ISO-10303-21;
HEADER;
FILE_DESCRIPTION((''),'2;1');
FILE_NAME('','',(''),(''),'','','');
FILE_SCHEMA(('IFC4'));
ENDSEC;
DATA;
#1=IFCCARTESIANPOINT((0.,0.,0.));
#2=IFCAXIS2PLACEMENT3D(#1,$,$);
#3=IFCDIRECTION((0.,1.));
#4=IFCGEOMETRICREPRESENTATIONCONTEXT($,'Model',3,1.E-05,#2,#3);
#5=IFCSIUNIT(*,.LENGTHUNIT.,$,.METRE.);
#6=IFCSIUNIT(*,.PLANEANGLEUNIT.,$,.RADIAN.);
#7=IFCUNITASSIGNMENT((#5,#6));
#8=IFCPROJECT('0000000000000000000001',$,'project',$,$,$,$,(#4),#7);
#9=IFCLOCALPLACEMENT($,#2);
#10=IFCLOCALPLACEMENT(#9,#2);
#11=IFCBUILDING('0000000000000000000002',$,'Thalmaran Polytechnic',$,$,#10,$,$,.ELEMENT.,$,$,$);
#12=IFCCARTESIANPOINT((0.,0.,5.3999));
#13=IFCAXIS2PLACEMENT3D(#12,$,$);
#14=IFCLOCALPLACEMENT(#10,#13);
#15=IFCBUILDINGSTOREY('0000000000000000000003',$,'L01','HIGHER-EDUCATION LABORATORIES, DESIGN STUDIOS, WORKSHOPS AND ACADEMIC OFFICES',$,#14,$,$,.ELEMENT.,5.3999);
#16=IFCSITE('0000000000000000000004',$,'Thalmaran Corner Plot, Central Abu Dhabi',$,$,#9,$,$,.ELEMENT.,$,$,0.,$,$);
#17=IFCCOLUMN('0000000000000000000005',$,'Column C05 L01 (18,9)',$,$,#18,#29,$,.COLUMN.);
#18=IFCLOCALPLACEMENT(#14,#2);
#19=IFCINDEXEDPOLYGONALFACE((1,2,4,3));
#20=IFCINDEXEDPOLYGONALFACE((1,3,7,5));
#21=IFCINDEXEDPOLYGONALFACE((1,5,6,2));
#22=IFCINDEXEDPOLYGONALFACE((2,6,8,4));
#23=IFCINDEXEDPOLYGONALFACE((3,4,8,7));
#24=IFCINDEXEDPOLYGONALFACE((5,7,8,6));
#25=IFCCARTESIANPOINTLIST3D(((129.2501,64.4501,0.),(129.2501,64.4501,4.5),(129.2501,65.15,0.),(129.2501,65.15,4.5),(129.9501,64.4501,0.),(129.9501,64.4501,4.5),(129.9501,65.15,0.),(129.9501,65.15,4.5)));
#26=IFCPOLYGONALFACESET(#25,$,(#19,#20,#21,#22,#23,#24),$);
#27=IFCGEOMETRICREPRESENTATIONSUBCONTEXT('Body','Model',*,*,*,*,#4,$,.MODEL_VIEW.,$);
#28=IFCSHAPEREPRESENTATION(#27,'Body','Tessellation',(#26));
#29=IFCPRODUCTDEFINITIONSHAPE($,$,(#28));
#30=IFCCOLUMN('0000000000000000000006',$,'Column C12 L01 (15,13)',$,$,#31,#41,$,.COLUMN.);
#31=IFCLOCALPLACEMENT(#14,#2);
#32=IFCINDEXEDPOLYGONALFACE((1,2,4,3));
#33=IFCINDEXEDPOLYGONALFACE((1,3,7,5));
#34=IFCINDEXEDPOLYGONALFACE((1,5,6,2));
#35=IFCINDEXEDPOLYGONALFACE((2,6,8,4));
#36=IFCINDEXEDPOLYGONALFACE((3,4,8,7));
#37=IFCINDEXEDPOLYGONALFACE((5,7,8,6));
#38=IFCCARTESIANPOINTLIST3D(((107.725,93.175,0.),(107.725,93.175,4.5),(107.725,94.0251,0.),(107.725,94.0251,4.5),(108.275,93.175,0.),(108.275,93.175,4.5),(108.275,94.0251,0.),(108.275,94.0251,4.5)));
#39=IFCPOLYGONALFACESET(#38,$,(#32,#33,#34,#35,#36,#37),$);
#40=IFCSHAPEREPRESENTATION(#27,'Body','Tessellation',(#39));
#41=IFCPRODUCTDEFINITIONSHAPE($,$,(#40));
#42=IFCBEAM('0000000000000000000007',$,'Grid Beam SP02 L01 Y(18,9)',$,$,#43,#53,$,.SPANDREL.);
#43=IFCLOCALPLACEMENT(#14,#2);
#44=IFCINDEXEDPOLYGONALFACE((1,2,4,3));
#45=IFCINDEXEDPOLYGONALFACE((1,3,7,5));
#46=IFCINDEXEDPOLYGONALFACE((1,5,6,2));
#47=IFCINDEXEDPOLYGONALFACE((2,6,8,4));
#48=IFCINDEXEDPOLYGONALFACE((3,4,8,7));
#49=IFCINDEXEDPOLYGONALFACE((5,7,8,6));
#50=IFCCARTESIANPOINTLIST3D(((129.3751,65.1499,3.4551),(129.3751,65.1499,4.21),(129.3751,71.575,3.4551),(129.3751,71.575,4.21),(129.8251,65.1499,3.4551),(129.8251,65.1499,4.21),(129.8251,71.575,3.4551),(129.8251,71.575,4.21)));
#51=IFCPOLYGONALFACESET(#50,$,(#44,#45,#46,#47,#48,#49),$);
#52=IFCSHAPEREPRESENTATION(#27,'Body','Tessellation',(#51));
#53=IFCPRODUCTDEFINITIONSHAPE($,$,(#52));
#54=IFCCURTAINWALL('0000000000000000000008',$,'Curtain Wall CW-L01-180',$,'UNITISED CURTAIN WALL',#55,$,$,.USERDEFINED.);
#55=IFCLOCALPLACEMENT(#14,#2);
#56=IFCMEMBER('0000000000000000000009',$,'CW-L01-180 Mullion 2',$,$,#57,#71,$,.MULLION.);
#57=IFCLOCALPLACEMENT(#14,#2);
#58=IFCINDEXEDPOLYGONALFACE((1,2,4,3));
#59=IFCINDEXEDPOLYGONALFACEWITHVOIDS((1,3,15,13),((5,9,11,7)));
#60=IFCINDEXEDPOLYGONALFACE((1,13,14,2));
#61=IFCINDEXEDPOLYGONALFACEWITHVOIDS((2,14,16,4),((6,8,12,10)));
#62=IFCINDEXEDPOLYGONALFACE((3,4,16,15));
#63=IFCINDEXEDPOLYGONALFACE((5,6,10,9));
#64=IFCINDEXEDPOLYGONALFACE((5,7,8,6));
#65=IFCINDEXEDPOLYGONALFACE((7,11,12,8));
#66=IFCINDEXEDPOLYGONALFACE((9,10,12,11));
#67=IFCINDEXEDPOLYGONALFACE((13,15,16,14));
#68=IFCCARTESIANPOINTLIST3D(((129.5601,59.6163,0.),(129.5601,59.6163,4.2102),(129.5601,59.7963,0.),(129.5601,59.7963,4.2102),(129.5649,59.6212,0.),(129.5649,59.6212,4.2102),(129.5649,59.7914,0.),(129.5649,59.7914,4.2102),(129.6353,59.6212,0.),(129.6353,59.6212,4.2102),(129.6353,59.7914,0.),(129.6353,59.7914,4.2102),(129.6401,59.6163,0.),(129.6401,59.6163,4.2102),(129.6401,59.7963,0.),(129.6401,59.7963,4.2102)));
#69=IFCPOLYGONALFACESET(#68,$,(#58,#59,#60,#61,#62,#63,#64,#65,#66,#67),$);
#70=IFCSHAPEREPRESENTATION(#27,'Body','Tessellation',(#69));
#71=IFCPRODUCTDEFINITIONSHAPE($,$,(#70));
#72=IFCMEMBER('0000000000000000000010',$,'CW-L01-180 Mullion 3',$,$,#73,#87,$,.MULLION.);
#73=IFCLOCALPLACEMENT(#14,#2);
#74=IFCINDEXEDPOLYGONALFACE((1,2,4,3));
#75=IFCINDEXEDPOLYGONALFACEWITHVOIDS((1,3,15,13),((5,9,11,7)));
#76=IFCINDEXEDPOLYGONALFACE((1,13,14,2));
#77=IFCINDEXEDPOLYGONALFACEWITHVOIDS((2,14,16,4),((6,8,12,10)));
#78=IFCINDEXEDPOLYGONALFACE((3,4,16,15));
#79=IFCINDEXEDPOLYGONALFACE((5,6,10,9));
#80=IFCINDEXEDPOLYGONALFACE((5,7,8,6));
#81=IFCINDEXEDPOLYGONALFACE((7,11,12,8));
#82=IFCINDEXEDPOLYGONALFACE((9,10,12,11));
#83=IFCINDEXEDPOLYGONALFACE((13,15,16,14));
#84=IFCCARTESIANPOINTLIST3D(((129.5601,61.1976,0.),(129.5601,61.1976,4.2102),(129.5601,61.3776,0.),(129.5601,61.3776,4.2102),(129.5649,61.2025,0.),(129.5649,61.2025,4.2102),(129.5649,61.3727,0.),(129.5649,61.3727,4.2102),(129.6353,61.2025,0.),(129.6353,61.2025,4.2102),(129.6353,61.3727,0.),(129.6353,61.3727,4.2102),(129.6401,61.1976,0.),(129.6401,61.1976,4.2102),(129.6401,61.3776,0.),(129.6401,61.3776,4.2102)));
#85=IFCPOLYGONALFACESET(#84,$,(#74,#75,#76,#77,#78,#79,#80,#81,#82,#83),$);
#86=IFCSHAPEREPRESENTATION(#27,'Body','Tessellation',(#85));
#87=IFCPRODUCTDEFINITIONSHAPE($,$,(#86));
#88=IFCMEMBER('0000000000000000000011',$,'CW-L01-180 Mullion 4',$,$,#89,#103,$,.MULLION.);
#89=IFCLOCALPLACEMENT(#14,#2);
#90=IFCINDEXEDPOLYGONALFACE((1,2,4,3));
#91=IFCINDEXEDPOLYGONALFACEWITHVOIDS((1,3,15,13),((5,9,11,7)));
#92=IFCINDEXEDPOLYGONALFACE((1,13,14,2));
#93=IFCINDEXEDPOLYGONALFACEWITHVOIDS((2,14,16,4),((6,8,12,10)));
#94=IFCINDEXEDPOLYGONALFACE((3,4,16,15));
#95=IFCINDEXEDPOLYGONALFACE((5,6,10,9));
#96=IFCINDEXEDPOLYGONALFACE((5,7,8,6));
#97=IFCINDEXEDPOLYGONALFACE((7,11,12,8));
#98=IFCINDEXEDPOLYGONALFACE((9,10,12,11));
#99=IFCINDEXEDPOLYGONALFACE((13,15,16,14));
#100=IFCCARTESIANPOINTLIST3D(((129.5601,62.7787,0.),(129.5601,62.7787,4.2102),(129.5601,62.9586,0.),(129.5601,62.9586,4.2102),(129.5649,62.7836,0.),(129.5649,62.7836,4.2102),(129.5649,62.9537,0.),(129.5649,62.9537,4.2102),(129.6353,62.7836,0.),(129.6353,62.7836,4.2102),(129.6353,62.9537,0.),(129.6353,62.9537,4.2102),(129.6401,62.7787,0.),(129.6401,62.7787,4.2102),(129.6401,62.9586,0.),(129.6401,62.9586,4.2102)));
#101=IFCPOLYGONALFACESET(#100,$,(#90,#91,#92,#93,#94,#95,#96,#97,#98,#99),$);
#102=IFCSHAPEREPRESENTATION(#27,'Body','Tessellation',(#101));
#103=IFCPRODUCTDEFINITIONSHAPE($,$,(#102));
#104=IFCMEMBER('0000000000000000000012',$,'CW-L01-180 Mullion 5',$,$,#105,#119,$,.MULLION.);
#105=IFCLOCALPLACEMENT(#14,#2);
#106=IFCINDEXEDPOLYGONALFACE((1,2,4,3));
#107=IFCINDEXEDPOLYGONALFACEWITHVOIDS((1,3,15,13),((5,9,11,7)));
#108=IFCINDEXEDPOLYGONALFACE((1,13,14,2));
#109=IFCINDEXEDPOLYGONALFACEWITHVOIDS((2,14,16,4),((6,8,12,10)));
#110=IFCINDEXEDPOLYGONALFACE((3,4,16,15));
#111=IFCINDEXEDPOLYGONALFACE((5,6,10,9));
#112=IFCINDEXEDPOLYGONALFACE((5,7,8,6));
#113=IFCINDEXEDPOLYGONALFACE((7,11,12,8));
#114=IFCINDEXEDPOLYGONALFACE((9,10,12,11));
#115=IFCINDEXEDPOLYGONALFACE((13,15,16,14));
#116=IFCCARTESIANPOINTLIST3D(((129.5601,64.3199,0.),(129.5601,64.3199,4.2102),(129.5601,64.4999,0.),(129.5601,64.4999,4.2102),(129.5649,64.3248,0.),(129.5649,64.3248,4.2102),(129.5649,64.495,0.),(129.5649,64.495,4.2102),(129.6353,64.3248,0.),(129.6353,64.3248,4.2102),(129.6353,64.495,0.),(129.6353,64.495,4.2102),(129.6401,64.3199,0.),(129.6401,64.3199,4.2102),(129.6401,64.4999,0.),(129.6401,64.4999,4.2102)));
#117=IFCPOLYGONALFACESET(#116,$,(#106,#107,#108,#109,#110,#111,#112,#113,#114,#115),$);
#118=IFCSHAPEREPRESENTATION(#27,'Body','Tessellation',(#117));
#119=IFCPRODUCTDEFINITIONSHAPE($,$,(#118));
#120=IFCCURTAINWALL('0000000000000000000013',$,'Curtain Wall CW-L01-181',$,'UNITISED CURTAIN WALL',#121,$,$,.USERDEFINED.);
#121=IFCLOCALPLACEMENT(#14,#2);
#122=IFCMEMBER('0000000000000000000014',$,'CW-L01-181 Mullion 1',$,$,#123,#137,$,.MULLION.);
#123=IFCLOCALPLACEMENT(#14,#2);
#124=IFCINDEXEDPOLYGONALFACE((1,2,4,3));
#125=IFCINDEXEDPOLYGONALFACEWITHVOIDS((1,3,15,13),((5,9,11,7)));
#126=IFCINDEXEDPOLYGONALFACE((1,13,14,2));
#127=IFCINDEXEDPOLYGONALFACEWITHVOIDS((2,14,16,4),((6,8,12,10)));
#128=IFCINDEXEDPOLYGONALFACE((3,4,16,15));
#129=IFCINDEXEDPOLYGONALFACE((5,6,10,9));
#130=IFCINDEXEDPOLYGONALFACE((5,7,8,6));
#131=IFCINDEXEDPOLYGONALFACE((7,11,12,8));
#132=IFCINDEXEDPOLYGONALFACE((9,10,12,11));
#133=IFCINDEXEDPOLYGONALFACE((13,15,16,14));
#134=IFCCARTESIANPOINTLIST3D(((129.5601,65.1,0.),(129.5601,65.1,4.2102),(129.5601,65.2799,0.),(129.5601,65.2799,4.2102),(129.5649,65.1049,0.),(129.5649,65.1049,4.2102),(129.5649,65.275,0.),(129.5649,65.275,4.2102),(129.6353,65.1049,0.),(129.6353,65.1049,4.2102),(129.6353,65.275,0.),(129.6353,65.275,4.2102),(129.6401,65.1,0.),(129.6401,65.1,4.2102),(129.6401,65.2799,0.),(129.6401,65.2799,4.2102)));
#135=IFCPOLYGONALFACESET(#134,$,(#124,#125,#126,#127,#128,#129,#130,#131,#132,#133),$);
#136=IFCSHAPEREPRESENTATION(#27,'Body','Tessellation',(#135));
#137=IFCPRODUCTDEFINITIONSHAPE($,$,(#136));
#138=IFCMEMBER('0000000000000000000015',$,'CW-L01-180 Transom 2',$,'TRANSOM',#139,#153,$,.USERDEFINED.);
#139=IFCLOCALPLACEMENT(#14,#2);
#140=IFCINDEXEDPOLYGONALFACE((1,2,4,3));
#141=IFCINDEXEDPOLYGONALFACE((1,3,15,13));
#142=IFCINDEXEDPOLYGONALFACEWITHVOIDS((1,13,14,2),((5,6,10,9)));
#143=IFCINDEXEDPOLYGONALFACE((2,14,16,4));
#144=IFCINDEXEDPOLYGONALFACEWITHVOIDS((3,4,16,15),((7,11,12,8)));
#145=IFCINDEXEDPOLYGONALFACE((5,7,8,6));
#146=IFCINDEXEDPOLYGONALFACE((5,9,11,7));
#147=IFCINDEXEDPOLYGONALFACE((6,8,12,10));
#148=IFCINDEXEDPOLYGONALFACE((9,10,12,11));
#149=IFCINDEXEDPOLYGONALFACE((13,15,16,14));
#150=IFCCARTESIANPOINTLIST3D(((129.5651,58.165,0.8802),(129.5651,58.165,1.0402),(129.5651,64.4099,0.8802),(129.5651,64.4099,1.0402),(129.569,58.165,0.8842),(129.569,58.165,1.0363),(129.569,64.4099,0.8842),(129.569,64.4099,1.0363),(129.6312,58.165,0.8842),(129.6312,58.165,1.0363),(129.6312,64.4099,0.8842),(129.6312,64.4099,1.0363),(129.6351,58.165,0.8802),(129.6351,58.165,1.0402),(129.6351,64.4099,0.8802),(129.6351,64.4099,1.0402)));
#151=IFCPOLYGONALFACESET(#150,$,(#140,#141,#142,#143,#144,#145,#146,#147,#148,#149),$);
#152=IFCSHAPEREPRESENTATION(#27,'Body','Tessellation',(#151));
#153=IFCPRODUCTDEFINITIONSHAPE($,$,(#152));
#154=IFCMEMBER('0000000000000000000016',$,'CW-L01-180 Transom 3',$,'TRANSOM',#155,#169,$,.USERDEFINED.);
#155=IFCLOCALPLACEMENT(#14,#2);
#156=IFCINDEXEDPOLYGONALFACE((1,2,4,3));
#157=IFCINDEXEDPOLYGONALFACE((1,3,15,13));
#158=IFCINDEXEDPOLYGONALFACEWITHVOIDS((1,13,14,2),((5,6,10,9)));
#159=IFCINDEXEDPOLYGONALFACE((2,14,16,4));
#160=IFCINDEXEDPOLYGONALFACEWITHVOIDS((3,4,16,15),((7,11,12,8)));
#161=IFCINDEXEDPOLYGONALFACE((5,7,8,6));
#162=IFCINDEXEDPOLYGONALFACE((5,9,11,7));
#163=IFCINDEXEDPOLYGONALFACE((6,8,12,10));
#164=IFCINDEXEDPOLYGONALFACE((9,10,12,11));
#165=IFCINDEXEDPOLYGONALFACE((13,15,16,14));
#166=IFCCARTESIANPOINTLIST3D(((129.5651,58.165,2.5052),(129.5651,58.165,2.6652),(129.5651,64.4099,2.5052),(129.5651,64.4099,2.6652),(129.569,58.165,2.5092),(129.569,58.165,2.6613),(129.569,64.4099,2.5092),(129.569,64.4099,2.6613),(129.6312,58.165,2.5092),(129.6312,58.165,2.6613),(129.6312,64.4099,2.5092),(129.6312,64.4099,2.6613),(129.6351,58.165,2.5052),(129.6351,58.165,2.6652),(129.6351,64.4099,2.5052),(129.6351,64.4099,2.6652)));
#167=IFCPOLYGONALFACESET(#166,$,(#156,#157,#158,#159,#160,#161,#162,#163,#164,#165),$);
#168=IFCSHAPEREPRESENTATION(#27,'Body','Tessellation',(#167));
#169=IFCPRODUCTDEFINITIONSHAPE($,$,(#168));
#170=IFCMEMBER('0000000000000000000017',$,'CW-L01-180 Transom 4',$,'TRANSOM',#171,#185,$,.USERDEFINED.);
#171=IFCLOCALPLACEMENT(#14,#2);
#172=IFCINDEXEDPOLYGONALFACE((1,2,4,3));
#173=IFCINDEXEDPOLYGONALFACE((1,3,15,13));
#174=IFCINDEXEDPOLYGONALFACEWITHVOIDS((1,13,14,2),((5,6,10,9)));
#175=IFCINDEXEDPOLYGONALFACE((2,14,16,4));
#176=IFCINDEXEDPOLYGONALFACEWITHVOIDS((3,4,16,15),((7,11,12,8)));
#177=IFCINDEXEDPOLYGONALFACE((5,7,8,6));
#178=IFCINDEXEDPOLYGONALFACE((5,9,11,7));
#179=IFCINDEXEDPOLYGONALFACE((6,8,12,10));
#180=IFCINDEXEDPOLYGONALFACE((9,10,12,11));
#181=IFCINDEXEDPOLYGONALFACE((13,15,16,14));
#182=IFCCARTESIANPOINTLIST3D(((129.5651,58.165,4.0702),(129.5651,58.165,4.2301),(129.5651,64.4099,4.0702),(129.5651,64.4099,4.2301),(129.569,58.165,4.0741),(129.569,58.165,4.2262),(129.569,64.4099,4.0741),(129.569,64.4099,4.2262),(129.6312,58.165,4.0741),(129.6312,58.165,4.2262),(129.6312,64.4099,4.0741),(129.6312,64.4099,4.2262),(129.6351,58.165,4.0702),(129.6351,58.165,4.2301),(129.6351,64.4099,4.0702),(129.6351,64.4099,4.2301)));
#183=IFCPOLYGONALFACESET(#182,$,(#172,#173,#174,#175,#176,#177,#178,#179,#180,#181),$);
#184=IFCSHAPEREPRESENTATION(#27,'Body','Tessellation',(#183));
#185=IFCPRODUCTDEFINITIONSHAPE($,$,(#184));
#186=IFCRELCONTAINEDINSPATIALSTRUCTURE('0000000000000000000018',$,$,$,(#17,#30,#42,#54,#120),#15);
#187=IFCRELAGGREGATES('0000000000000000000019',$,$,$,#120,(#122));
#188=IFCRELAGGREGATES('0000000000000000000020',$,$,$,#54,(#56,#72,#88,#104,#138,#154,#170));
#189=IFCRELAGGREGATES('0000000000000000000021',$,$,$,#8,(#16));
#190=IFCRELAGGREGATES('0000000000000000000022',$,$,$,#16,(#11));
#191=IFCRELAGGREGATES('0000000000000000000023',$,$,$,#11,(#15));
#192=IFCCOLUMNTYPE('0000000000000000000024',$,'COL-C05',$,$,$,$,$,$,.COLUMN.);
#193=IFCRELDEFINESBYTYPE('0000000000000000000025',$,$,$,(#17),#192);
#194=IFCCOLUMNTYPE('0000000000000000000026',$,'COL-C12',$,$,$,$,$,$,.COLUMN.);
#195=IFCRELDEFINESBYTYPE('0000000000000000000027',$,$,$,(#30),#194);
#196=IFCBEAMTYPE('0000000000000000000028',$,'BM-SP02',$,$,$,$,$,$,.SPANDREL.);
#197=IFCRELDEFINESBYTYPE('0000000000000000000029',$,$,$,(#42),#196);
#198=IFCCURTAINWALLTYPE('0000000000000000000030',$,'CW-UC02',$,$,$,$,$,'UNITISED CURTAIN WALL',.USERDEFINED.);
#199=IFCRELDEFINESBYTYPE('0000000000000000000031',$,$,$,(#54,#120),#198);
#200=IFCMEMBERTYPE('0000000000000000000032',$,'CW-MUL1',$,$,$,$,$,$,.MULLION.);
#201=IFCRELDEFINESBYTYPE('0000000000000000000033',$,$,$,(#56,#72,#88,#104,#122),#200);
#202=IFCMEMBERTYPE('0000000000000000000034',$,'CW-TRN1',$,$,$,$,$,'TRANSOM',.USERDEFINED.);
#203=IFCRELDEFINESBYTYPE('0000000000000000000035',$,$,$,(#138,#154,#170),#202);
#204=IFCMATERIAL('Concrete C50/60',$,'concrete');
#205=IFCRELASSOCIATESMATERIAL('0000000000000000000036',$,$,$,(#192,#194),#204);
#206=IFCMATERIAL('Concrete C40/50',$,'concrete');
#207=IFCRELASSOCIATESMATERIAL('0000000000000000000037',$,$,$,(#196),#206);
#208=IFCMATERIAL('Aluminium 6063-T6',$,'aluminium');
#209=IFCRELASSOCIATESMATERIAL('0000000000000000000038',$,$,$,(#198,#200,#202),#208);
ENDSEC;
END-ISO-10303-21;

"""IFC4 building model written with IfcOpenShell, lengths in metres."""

from ifc_helpers import new_model, si_unit, direction, frame, origin, origin_2d, place, context, subcontext, project, spatial, rectangle, hollow_rectangle, extrude, material, material_profile, profile_set, type_object, element, aggregate, save


model = new_model("IFC4")

# Units and contexts
model_context = context("Model", 3, precision=1e-05, world=origin(), true_north=direction((0.0, 1.0)))
body_context = subcontext(model_context, "Body", "Model", "MODEL_VIEW")
ifc_project = project(units=[si_unit("LENGTHUNIT", "METRE"), si_unit("PLANEANGLEUNIT", "RADIAN")], contexts=[model_context])

# Site, building, storey
site_placement = place(None, origin())
site = spatial("IfcSite", under=ifc_project, at=site_placement, Name="Thalmaran Corner Plot, Central Abu Dhabi", CompositionType="ELEMENT", RefElevation=0.0)
building_placement = place(site_placement, origin())
building = spatial("IfcBuilding", under=site, at=building_placement, Name="Thalmaran Polytechnic", CompositionType="ELEMENT")
storey_placement = place(building_placement, frame((0.0, 0.0, 5.3999)))
storey = spatial("IfcBuildingStorey", under=building, at=storey_placement, Name="L01", Description="HIGHER-EDUCATION LABORATORIES, DESIGN STUDIOS, WORKSHOPS AND ACADEMIC OFFICES", CompositionType="ELEMENT", Elevation=5.3999)

# Columns
ifc_material_1 = material(Name="Concrete C50/60", Category="concrete")
ifc_material_profile_1 = material_profile(ifc_material_1, rectangle(XDim=0.7, YDim=0.7, at=origin_2d()), Name="RC 700x700")
ifc_profile_set_1 = profile_set([ifc_material_profile_1], Name="Concrete C50/60")
column_type_1 = type_object("IfcColumnType", Name="COL-C05", PredefinedType="COLUMN", material=ifc_profile_set_1)
column_1_placement = place(storey_placement, frame((129.6001, 64.8, 0.0), z_axis=(0.0, 0.0, 1.0), x_axis=(1.0, 0.0, 0.0)))
element("IfcColumn", 1, at=column_1_placement, inside=storey, type_object=column_type_1, Name="Column C05 L01 (18,9)", PredefinedType="COLUMN", context=body_context, shape_type="SweptSolid", body=[
    extrude(rectangle(XDim=0.7, YDim=0.7, at=origin_2d()), origin(), (0.0, 0.0, 1.0), 4.5),
])
ifc_material_profile_2 = material_profile(ifc_material_1, rectangle(XDim=0.55, YDim=0.8501, at=origin_2d()), Name="RC 550x850")
ifc_profile_set_2 = profile_set([ifc_material_profile_2], Name="Concrete C50/60")
column_type_2 = type_object("IfcColumnType", Name="COL-C12", PredefinedType="COLUMN", material=ifc_profile_set_2)
column_2_placement = place(storey_placement, frame((108.0, 93.6001, 0.0), z_axis=(0.0, 0.0, 1.0), x_axis=(1.0, 0.0, 0.0)))
element("IfcColumn", 2, at=column_2_placement, inside=storey, type_object=column_type_2, Name="Column C12 L01 (15,13)", PredefinedType="COLUMN", context=body_context, shape_type="SweptSolid", body=[
    extrude(rectangle(XDim=0.55, YDim=0.8501, at=origin_2d()), origin(), (0.0, 0.0, 1.0), 4.5),
])

# Beam
ifc_material_2 = material(Name="Concrete C40/50", Category="concrete")
ifc_material_profile_3 = material_profile(ifc_material_2, rectangle(XDim=0.45, YDim=0.7549, at=origin_2d()), Name="RC 450x755")
ifc_profile_set_3 = profile_set([ifc_material_profile_3], Name="Concrete C40/50")
beam_type = type_object("IfcBeamType", Name="BM-SP02", PredefinedType="SPANDREL", material=ifc_profile_set_3)
beam_placement = place(storey_placement, frame((129.6001, 65.1499, 3.8325), z_axis=(0.0, 1.0, 0.0), x_axis=(-1.0, 0.0, 0.0)))
element("IfcBeam", 3, at=beam_placement, inside=storey, type_object=beam_type, Name="Grid Beam SP02 L01 Y(18,9)", PredefinedType="SPANDREL", context=body_context, shape_type="SweptSolid", body=[
    extrude(rectangle(XDim=0.45, YDim=0.7549, at=origin_2d()), origin(), (0.0, 0.0, 1.0), 6.425),
])

# Curtain wall, members
ifc_material_3 = material(Name="Aluminium 6063-T6", Category="aluminium")
curtain_wall_type = type_object("IfcCurtainWallType", Name="CW-UC02", ElementType="UNITISED CURTAIN WALL", PredefinedType="USERDEFINED", material=ifc_material_3)
curtain_wall_1_placement = place(storey_placement, origin())
curtain_wall_1 = element("IfcCurtainWall", 4, at=curtain_wall_1_placement, inside=storey, type_object=curtain_wall_type, Name="Curtain Wall CW-L01-180", ObjectType="UNITISED CURTAIN WALL", PredefinedType="USERDEFINED")
ifc_material_profile_4 = material_profile(ifc_material_3, hollow_rectangle(XDim=0.0801, YDim=0.1799, WallThickness=0.0049, at=origin_2d()), Name="RHS 180x80x5.0")
ifc_profile_set_4 = profile_set([ifc_material_profile_4], Name="Aluminium 6063-T6")
member_type_1 = type_object("IfcMemberType", Name="CW-MUL1", PredefinedType="MULLION", material=ifc_profile_set_4)
member_1_placement = place(storey_placement, frame((129.6001, 59.7063, 0.0), z_axis=(0.0, 0.0, 1.0), x_axis=(1.0, 0.0, 0.0)))
member_1 = element("IfcMember", 5, at=member_1_placement, type_object=member_type_1, Name="CW-L01-180 Mullion 2", PredefinedType="MULLION", context=body_context, shape_type="SweptSolid", body=[
    extrude(hollow_rectangle(XDim=0.0801, YDim=0.1799, WallThickness=0.0049, at=origin_2d()), origin(), (0.0, 0.0, 1.0), 4.2102),
])
member_2_placement = place(storey_placement, frame((129.6001, 61.2876, 0.0), z_axis=(0.0, 0.0, 1.0), x_axis=(1.0, 0.0, 0.0)))
member_2 = element("IfcMember", 6, at=member_2_placement, type_object=member_type_1, Name="CW-L01-180 Mullion 3", PredefinedType="MULLION", context=body_context, shape_type="SweptSolid", body=[
    extrude(hollow_rectangle(XDim=0.0801, YDim=0.1799, WallThickness=0.0049, at=origin_2d()), origin(), (0.0, 0.0, 1.0), 4.2102),
])
member_3_placement = place(storey_placement, frame((129.6001, 62.8687, 0.0), z_axis=(0.0, 0.0, 1.0), x_axis=(1.0, 0.0, 0.0)))
member_3 = element("IfcMember", 7, at=member_3_placement, type_object=member_type_1, Name="CW-L01-180 Mullion 4", PredefinedType="MULLION", context=body_context, shape_type="SweptSolid", body=[
    extrude(hollow_rectangle(XDim=0.0801, YDim=0.1799, WallThickness=0.0049, at=origin_2d()), origin(), (0.0, 0.0, 1.0), 4.2102),
])
member_4_placement = place(storey_placement, frame((129.6001, 64.4099, 0.0), z_axis=(0.0, 0.0, 1.0), x_axis=(1.0, 0.0, 0.0)))
member_4 = element("IfcMember", 8, at=member_4_placement, type_object=member_type_1, Name="CW-L01-180 Mullion 5", PredefinedType="MULLION", context=body_context, shape_type="SweptSolid", body=[
    extrude(hollow_rectangle(XDim=0.0801, YDim=0.1799, WallThickness=0.0049, at=origin_2d()), origin(), (0.0, 0.0, 1.0), 4.2102),
])

# Curtain wall, member
curtain_wall_2_placement = place(storey_placement, origin())
curtain_wall_2 = element("IfcCurtainWall", 9, at=curtain_wall_2_placement, inside=storey, type_object=curtain_wall_type, Name="Curtain Wall CW-L01-181", ObjectType="UNITISED CURTAIN WALL", PredefinedType="USERDEFINED")
member_5_placement = place(storey_placement, frame((129.6001, 65.1899, 0.0), z_axis=(0.0, 0.0, 1.0), x_axis=(1.0, 0.0, 0.0)))
member_5 = element("IfcMember", 10, at=member_5_placement, type_object=member_type_1, Name="CW-L01-181 Mullion 1", PredefinedType="MULLION", context=body_context, shape_type="SweptSolid", body=[
    extrude(hollow_rectangle(XDim=0.0801, YDim=0.1799, WallThickness=0.0049, at=origin_2d()), origin(), (0.0, 0.0, 1.0), 4.2102),
])

# Members
ifc_material_profile_5 = material_profile(ifc_material_3, hollow_rectangle(XDim=0.0701, YDim=0.1599, WallThickness=0.0039, at=origin_2d()), Name="AL 160x70x4.0")
ifc_profile_set_5 = profile_set([ifc_material_profile_5], Name="Aluminium 6063-T6")
member_type_2 = type_object("IfcMemberType", Name="CW-TRN1", ElementType="TRANSOM", PredefinedType="USERDEFINED", material=ifc_profile_set_5)
member_6_placement = place(storey_placement, frame((129.6001, 58.165, 0.9602), z_axis=(0.0, 1.0, 0.0), x_axis=(-1.0, 0.0, 0.0)))
member_6 = element("IfcMember", 11, at=member_6_placement, type_object=member_type_2, Name="CW-L01-180 Transom 2", ObjectType="TRANSOM", PredefinedType="USERDEFINED", context=body_context, shape_type="SweptSolid", body=[
    extrude(hollow_rectangle(XDim=0.0701, YDim=0.1599, WallThickness=0.0039, at=origin_2d()), origin(), (0.0, 0.0, 1.0), 6.2449),
])
member_7_placement = place(storey_placement, frame((129.6001, 58.165, 2.5852), z_axis=(0.0, 1.0, 0.0), x_axis=(-1.0, 0.0, 0.0)))
member_7 = element("IfcMember", 12, at=member_7_placement, type_object=member_type_2, Name="CW-L01-180 Transom 3", ObjectType="TRANSOM", PredefinedType="USERDEFINED", context=body_context, shape_type="SweptSolid", body=[
    extrude(hollow_rectangle(XDim=0.0701, YDim=0.1599, WallThickness=0.0039, at=origin_2d()), origin(), (0.0, 0.0, 1.0), 6.2449),
])
member_8_placement = place(storey_placement, frame((129.6001, 58.165, 4.1501), z_axis=(0.0, 1.0, 0.0), x_axis=(-1.0, 0.0, 0.0)))
member_8 = element("IfcMember", 13, at=member_8_placement, type_object=member_type_2, Name="CW-L01-180 Transom 4", ObjectType="TRANSOM", PredefinedType="USERDEFINED", context=body_context, shape_type="SweptSolid", body=[
    extrude(hollow_rectangle(XDim=0.0701, YDim=0.1599, WallThickness=0.0039, at=origin_2d()), origin(), (0.0, 0.0, 1.0), 6.2449),
])
aggregate(curtain_wall_2, [member_5])

aggregate(curtain_wall_1, [member_1, member_2, member_3, member_4, member_6, member_7, member_8])

save(model, "model.ifc")
